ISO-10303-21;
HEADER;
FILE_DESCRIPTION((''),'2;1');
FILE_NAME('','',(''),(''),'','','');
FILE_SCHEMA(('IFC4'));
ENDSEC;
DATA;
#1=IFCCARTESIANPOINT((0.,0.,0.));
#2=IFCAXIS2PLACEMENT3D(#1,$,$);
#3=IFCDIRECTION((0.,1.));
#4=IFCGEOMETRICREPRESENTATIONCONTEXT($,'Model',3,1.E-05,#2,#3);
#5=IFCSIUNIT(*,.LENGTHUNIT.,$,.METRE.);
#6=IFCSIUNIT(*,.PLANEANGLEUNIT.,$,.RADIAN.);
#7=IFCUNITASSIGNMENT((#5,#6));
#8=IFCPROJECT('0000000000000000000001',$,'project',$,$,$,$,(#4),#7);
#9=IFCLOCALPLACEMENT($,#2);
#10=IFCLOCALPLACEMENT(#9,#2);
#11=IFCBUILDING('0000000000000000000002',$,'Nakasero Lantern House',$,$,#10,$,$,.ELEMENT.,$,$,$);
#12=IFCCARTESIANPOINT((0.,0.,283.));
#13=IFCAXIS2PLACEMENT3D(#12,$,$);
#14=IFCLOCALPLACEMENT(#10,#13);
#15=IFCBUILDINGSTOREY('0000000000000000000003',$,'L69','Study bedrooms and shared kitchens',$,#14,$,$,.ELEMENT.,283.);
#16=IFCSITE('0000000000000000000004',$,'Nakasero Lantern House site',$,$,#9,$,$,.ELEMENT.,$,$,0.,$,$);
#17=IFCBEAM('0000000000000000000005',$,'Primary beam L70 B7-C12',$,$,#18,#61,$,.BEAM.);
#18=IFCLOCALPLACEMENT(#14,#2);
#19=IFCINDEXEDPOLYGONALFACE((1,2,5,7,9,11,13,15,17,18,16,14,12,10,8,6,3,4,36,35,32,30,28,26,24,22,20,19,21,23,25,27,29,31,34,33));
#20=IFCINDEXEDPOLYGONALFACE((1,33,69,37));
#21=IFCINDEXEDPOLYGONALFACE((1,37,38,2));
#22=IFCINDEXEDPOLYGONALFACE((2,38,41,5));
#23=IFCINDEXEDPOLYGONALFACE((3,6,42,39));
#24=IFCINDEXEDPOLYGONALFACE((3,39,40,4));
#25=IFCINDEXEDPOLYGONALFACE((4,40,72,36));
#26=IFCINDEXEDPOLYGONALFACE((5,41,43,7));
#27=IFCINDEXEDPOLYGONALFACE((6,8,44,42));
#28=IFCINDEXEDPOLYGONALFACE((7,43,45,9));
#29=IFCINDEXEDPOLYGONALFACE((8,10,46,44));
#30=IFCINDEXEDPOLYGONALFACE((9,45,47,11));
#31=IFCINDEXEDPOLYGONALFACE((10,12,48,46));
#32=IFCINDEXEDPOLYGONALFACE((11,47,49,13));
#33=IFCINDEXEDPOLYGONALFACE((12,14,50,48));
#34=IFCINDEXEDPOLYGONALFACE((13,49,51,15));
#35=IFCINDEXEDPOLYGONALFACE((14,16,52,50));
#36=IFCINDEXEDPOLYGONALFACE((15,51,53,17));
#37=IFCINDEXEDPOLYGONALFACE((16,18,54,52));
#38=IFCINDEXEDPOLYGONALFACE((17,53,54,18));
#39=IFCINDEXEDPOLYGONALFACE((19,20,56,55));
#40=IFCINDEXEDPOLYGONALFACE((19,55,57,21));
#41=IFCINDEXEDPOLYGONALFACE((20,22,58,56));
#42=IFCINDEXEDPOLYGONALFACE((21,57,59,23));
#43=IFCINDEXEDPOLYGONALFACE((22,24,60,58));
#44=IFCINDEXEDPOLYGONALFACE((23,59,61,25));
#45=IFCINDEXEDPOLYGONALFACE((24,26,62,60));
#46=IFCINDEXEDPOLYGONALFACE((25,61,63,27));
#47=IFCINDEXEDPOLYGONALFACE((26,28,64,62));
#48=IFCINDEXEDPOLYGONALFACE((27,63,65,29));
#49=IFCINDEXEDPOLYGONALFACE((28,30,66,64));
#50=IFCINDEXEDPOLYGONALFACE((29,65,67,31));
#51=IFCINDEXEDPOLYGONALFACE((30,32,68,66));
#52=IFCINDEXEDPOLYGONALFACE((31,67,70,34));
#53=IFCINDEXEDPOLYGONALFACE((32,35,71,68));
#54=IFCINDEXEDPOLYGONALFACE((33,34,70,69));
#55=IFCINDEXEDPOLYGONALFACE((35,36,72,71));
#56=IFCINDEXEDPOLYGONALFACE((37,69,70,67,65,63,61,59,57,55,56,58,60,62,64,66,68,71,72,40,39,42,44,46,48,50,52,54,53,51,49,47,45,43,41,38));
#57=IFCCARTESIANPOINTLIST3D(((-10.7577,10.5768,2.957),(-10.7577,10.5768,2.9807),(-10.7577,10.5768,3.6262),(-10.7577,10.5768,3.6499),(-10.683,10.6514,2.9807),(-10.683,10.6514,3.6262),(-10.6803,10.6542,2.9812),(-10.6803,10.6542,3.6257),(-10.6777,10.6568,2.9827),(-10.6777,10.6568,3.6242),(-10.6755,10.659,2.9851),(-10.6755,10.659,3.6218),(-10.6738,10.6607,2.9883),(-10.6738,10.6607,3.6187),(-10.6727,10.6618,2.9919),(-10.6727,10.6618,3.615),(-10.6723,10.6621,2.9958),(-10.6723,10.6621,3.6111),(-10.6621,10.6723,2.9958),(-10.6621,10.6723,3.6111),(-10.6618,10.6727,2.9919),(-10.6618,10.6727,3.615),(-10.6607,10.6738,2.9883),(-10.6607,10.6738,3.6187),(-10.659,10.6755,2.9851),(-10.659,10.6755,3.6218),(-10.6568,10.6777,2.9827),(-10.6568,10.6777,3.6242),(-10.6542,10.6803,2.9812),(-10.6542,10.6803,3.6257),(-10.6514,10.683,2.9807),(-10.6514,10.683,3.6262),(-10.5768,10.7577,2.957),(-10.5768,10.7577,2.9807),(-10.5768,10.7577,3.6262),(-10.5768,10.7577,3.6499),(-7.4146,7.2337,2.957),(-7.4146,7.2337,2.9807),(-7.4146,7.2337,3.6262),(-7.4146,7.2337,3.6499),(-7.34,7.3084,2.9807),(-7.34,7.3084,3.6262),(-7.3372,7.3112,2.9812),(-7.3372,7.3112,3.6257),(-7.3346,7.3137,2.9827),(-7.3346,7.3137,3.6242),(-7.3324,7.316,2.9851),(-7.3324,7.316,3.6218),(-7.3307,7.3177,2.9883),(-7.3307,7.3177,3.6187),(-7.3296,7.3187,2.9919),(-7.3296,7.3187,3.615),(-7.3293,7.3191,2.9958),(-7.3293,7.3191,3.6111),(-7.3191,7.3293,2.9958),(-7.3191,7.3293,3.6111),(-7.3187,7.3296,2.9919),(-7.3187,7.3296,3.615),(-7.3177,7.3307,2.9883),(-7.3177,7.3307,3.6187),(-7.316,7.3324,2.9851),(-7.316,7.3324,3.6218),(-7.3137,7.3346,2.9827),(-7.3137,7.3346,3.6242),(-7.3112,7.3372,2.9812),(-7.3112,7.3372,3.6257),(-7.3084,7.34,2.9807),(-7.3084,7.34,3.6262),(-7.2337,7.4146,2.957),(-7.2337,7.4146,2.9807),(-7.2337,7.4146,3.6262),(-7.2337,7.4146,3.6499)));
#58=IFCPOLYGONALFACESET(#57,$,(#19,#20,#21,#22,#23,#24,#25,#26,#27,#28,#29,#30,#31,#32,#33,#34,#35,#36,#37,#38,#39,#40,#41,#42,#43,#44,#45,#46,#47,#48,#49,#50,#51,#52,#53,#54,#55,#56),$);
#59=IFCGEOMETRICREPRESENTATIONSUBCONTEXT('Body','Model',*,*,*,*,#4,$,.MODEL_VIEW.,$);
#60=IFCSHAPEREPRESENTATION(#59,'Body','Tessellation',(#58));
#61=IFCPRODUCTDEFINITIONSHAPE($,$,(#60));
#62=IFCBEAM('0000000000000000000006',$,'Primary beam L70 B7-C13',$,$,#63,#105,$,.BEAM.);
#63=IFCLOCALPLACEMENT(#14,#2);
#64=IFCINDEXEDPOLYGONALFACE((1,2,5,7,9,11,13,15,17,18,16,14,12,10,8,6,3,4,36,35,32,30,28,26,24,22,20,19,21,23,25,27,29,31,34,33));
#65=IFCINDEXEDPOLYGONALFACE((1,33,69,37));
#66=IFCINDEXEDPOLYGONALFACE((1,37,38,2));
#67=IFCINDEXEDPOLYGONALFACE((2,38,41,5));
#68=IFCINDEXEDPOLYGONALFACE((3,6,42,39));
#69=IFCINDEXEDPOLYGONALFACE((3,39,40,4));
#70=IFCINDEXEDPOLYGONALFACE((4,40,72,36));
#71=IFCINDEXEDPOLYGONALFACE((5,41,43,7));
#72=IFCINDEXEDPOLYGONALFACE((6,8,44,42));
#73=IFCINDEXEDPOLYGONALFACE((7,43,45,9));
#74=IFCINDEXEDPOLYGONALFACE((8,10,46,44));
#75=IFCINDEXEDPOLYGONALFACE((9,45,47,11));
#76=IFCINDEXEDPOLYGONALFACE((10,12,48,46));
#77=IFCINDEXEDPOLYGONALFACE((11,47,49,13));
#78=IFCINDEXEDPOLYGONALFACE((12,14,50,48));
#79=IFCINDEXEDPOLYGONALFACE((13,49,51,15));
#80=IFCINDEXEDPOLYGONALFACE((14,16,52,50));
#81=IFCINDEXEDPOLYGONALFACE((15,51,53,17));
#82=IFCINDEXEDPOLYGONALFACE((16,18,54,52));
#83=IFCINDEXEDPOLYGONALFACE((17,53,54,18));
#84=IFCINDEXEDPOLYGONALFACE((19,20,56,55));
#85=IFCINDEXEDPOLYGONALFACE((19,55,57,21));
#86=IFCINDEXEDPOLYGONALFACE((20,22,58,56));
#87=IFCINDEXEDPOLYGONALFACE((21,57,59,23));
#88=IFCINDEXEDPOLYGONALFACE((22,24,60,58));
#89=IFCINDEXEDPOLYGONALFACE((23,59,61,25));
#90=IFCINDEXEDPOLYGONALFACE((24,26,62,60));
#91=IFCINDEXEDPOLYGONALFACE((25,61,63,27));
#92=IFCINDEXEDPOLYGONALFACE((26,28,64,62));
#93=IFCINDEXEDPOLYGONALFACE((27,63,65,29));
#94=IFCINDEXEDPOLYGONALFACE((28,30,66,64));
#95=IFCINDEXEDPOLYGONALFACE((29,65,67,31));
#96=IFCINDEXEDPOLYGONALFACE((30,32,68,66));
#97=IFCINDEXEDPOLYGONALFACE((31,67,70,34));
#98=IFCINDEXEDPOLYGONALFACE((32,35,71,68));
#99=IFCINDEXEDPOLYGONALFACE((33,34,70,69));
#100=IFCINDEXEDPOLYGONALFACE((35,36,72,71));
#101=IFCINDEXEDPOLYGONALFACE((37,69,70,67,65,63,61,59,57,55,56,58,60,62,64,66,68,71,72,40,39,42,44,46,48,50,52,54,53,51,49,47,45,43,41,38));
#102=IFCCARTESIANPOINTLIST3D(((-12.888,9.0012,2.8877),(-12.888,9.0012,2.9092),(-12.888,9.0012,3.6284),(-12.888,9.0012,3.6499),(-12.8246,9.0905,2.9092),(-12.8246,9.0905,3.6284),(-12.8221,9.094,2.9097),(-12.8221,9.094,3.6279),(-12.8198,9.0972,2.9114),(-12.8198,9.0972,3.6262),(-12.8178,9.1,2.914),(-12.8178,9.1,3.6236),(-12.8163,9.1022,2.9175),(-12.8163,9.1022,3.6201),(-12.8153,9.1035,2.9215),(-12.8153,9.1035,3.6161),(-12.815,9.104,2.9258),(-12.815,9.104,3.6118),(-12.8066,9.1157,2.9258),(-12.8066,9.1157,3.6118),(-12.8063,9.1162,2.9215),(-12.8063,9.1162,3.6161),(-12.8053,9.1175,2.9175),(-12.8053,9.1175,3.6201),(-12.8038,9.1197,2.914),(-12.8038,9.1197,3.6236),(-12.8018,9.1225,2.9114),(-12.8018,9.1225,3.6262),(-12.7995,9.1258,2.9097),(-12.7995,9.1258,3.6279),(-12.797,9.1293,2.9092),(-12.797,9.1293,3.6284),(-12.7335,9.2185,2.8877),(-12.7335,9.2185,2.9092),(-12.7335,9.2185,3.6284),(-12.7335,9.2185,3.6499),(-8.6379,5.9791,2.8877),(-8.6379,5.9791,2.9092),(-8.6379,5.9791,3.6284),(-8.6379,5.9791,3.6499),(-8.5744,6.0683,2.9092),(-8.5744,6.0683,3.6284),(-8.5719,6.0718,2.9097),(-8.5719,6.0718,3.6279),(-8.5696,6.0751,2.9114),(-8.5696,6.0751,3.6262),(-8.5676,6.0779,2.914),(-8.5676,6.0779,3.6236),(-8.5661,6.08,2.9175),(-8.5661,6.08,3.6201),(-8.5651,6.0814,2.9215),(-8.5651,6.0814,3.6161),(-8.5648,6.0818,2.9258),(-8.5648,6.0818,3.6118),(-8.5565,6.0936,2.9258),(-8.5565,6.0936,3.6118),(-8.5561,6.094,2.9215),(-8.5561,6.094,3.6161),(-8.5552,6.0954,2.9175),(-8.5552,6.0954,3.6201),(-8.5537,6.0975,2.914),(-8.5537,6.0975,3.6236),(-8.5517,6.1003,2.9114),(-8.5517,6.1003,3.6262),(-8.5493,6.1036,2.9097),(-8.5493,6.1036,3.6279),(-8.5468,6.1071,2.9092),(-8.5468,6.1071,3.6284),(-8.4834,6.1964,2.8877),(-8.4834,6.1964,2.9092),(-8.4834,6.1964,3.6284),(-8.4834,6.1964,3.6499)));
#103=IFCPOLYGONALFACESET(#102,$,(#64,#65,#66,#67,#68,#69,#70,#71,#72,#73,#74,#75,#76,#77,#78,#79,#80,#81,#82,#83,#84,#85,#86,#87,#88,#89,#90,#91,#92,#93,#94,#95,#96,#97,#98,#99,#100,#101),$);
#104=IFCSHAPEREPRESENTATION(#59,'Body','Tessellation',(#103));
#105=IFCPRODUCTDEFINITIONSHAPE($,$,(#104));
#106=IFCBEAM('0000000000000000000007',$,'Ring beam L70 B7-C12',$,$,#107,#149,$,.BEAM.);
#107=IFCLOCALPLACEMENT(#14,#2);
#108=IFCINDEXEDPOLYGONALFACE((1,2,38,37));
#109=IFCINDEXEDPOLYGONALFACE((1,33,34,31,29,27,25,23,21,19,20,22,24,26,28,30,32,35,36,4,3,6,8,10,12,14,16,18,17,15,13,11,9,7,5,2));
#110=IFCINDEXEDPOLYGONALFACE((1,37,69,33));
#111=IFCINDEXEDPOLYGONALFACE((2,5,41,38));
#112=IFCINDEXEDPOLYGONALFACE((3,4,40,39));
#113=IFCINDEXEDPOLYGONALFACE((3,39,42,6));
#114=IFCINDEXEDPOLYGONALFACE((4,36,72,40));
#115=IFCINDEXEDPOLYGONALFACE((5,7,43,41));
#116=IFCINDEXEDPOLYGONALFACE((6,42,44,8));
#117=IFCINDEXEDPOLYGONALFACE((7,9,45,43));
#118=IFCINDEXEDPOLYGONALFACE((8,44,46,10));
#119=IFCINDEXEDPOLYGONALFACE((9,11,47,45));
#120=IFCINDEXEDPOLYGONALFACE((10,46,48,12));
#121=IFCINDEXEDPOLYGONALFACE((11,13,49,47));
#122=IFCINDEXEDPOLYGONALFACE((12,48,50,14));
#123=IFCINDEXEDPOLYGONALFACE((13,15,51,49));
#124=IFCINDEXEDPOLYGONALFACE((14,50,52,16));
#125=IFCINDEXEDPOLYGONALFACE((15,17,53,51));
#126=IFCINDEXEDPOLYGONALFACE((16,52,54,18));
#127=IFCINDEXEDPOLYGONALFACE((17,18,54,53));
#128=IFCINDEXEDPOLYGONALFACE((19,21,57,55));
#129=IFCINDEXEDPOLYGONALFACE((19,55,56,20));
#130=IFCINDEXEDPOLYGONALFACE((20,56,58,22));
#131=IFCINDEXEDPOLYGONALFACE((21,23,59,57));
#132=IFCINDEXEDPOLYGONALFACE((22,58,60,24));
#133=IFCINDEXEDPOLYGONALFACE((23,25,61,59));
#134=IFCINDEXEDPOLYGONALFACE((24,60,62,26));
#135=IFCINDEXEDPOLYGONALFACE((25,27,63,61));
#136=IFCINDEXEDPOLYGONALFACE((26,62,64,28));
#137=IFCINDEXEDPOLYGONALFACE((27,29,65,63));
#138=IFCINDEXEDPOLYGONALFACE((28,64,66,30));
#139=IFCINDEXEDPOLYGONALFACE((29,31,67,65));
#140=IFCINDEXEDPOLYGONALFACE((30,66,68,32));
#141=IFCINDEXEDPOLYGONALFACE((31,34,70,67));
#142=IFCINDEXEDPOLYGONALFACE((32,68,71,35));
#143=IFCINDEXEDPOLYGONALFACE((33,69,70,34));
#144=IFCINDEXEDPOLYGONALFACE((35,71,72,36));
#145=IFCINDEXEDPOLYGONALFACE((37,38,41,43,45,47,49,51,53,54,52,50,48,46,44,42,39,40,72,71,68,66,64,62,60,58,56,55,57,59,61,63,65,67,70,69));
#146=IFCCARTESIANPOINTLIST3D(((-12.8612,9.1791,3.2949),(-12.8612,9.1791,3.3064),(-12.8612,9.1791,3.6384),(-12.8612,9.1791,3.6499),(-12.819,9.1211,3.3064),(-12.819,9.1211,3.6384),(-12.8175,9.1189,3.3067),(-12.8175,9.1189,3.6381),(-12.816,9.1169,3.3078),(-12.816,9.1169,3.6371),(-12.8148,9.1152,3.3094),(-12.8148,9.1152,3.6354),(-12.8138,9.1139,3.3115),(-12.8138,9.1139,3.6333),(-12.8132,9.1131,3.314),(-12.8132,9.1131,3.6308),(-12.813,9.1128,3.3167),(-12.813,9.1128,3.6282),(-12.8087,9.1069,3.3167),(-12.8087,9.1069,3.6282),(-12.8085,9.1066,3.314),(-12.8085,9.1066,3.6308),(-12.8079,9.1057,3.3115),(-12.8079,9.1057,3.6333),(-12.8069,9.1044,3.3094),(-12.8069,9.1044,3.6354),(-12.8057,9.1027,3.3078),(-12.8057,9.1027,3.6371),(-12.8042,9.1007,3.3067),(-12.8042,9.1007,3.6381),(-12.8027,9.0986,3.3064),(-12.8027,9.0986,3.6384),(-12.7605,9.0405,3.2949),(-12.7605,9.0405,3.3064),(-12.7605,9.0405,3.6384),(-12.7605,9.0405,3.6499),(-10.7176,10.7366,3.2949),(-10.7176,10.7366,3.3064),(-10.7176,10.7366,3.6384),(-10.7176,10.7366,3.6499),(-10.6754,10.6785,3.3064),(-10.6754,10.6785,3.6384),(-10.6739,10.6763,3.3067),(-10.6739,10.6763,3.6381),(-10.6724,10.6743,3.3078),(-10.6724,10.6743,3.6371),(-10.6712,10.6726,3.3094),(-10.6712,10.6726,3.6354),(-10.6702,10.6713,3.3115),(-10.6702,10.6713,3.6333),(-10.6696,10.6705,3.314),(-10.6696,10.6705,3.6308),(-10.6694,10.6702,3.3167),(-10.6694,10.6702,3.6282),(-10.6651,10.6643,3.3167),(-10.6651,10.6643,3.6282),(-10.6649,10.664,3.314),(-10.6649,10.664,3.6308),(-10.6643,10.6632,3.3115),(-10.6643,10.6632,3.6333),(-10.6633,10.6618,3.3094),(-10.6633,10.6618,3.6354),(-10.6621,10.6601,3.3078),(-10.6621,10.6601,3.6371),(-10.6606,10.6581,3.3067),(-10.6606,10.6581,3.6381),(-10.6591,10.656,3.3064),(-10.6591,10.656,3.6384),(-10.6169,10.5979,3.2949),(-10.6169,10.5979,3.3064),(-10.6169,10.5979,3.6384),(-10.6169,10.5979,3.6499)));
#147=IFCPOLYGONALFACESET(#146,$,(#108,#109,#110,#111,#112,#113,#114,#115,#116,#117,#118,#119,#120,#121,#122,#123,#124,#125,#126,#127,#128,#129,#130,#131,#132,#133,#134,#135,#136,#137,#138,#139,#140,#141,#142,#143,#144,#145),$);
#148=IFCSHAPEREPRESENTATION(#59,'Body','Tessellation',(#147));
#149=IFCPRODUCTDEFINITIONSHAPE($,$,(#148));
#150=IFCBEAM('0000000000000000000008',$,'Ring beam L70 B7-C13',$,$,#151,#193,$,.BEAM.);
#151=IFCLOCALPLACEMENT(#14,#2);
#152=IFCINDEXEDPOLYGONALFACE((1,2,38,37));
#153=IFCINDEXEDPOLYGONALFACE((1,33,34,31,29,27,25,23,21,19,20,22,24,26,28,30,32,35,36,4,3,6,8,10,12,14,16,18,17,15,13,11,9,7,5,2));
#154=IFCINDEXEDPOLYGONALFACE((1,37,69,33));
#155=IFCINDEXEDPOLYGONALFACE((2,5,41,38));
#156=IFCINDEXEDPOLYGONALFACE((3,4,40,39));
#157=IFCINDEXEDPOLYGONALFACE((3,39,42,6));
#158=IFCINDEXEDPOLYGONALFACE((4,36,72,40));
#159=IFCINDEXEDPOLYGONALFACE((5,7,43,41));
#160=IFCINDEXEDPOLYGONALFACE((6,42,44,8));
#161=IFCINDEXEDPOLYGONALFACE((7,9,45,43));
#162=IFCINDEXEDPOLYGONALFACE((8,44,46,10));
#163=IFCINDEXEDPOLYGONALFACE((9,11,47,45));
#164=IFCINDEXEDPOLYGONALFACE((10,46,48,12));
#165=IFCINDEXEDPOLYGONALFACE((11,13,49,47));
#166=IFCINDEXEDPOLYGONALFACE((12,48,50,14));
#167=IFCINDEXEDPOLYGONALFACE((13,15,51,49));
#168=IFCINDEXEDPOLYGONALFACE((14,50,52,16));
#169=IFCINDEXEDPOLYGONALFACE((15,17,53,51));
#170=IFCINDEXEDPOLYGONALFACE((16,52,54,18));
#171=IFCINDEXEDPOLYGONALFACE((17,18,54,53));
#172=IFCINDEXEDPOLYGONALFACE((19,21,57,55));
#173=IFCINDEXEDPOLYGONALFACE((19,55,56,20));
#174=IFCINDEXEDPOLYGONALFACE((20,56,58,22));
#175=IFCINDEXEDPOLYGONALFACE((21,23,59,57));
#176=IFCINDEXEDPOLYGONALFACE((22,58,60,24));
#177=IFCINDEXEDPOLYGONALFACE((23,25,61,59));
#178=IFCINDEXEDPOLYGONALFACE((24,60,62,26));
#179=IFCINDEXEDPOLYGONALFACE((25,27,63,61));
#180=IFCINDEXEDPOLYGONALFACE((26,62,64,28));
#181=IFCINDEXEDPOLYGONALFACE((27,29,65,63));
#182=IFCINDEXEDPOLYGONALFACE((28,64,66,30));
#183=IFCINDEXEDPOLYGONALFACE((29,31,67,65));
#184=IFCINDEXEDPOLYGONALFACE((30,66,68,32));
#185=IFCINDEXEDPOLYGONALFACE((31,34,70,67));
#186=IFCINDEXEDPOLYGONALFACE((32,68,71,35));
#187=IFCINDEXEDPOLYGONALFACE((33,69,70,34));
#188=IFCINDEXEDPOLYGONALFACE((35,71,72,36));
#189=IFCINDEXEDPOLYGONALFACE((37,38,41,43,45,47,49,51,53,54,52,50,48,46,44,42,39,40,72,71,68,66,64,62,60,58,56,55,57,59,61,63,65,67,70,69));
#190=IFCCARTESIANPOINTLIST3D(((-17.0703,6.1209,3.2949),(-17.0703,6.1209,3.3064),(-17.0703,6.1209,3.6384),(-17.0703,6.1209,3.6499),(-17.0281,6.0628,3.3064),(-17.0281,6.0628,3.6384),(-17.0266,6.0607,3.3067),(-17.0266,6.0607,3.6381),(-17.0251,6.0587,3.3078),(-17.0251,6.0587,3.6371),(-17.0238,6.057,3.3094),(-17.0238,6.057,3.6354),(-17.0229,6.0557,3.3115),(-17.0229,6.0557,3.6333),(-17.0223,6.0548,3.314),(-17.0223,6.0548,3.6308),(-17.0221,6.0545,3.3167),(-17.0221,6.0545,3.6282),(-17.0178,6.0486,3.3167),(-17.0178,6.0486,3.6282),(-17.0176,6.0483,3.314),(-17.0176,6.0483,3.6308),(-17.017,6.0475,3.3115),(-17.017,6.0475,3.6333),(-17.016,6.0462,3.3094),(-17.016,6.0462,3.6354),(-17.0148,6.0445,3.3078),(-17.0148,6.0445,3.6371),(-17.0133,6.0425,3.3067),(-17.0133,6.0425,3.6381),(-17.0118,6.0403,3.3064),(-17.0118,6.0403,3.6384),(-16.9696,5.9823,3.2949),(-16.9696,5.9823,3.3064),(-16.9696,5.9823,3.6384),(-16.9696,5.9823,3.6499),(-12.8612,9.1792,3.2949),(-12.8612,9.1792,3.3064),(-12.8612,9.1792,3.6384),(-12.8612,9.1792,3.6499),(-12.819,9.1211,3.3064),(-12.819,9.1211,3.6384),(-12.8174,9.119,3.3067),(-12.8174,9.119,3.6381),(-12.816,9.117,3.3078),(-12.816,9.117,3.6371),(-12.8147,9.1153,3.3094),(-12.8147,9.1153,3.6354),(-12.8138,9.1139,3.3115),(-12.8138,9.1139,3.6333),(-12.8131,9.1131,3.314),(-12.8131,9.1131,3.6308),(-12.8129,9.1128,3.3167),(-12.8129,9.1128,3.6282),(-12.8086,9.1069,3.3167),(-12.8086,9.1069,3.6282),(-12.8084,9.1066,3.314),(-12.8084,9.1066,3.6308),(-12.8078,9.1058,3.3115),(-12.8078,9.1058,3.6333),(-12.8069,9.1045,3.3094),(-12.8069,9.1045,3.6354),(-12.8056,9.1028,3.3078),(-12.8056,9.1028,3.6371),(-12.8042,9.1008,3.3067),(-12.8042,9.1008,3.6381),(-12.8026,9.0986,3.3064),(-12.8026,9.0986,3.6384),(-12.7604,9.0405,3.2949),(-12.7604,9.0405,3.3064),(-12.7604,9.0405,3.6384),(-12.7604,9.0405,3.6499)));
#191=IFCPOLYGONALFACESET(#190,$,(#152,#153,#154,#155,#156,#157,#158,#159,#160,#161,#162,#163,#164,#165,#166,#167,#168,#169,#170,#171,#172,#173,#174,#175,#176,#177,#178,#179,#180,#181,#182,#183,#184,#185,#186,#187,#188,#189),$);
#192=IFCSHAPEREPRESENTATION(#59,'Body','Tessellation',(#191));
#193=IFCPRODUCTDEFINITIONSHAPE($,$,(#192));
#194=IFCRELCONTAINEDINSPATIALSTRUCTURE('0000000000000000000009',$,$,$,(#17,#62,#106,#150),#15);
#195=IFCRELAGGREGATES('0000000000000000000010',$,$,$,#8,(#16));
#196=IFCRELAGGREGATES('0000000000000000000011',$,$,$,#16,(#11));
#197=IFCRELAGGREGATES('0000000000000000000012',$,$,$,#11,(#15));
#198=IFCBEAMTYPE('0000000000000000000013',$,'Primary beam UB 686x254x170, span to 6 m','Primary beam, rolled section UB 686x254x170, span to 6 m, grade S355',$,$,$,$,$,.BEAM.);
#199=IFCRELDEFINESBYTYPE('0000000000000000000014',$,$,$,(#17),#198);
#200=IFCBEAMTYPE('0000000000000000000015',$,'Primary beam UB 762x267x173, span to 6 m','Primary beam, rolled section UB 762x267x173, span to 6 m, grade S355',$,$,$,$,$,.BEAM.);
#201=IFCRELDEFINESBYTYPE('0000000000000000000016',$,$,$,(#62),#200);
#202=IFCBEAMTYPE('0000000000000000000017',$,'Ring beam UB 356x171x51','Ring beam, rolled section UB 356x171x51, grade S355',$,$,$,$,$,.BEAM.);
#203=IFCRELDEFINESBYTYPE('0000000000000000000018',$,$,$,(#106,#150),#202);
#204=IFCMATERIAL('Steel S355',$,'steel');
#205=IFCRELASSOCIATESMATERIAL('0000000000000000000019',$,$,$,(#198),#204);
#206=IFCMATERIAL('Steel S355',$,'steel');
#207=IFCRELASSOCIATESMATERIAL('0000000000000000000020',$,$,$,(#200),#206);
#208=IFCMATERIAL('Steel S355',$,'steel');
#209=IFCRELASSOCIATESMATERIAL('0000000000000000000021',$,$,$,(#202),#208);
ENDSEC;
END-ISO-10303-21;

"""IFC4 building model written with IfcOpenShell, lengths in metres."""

from ifc_helpers import new_model, si_unit, direction, frame, origin, origin_2d, place, context, subcontext, project, spatial, i_section, extrude, material, material_profile, profile_set, type_object, element, save


model = new_model("IFC4")

# Units and contexts
model_context = context("Model", 3, precision=1e-05, world=origin(), true_north=direction((0.0, 1.0)))
body_context = subcontext(model_context, "Body", "Model", "MODEL_VIEW")
ifc_project = project(units=[si_unit("LENGTHUNIT", "METRE"), si_unit("PLANEANGLEUNIT", "RADIAN")], contexts=[model_context])

# Site, building, storey
site_placement = place(None, origin())
site = spatial("IfcSite", under=ifc_project, at=site_placement, Name="Nakasero Lantern House site", CompositionType="ELEMENT", RefElevation=0.0)
building_placement = place(site_placement, origin())
building = spatial("IfcBuilding", under=site, at=building_placement, Name="Nakasero Lantern House", CompositionType="ELEMENT")
storey_placement = place(building_placement, frame((0.0, 0.0, 283.0)))
storey = spatial("IfcBuildingStorey", under=building, at=storey_placement, Name="L69", Description="Study bedrooms and shared kitchens", CompositionType="ELEMENT", Elevation=283.0)

# Beams
ifc_material_1 = material(Name="Steel S355", Category="steel")
ifc_material_profile_1 = material_profile(ifc_material_1, i_section(OverallWidth=0.2559, OverallDepth=0.6929, WebThickness=0.0144, FlangeThickness=0.0237, FilletRadius=0.0151, at=origin_2d()), Name="UB 686x254x170")
ifc_profile_set_1 = profile_set([ifc_material_profile_1], Name="Steel S355")
beam_type_1 = type_object("IfcBeamType", Name="Primary beam UB 686x254x170, span to 6 m", Description="Primary beam, rolled section UB 686x254x170, span to 6 m, grade S355", PredefinedType="BEAM", material=ifc_profile_set_1)
beam_1_placement = place(storey_placement, frame((-10.6672, 10.6672, 3.3035), z_axis=(0.707107, -0.707107, 0.0), x_axis=(0.707107, 0.707107, 0.0)))
element("IfcBeam", 1, at=beam_1_placement, inside=storey, type_object=beam_type_1, Name="Primary beam L70 B7-C12", PredefinedType="BEAM", context=body_context, shape_type="SweptSolid", body=[
    extrude(i_section(OverallWidth=0.2559, OverallDepth=0.6929, WebThickness=0.0144, FlangeThickness=0.0237, FilletRadius=0.0151, at=origin_2d()), origin(), (0.0, 0.0, 1.0), 4.7278),
])
ifc_material_2 = material(Name="Steel S355", Category="steel")
ifc_material_profile_2 = material_profile(ifc_material_2, i_section(OverallWidth=0.2666, OverallDepth=0.7622, WebThickness=0.0144, FlangeThickness=0.0215, FilletRadius=0.0166, at=origin_2d()), Name="UB 762x267x173")
ifc_profile_set_2 = profile_set([ifc_material_profile_2], Name="Steel S355")
beam_type_2 = type_object("IfcBeamType", Name="Primary beam UB 762x267x173, span to 6 m", Description="Primary beam, rolled section UB 762x267x173, span to 6 m, grade S355", PredefinedType="BEAM", material=ifc_profile_set_2)
beam_2_placement = place(storey_placement, frame((-12.8108, 9.1099, 3.2688), z_axis=(0.814972, -0.579501, 0.0), x_axis=(0.579501, 0.814972, 0.0)))
element("IfcBeam", 2, at=beam_2_placement, inside=storey, type_object=beam_type_2, Name="Primary beam L70 B7-C13", PredefinedType="BEAM", context=body_context, shape_type="SweptSolid", body=[
    extrude(i_section(OverallWidth=0.2666, OverallDepth=0.7622, WebThickness=0.0144, FlangeThickness=0.0215, FilletRadius=0.0166, at=origin_2d()), origin(), (0.0, 0.0, 1.0), 5.2151),
])
ifc_material_3 = material(Name="Steel S355", Category="steel")
ifc_material_profile_3 = material_profile(ifc_material_3, i_section(OverallWidth=0.1714, OverallDepth=0.355, WebThickness=0.0073, FlangeThickness=0.0115, FilletRadius=0.0103, at=origin_2d()), Name="UB 356x171x51")
ifc_profile_set_3 = profile_set([ifc_material_profile_3], Name="Steel S355")
beam_type_3 = type_object("IfcBeamType", Name="Ring beam UB 356x171x51", Description="Ring beam, rolled section UB 356x171x51, grade S355", PredefinedType="BEAM", material=ifc_profile_set_3)
beam_3_placement = place(storey_placement, frame((-10.6672, 10.6672, 3.4724), z_axis=(-0.809019, -0.587783, 0.0), x_axis=(0.587783, -0.809019, 0.0)))
element("IfcBeam", 3, at=beam_3_placement, inside=storey, type_object=beam_type_3, Name="Ring beam L70 B7-C12", PredefinedType="BEAM", context=body_context, shape_type="SweptSolid", body=[
    extrude(i_section(OverallWidth=0.1714, OverallDepth=0.355, WebThickness=0.0073, FlangeThickness=0.0115, FilletRadius=0.0103, at=origin_2d()), origin(), (0.0, 0.0, 1.0), 2.6497),
])
beam_4_placement = place(storey_placement, frame((-12.8108, 9.1099, 3.4724), z_axis=(-0.809002, -0.587806, 0.0), x_axis=(0.587806, -0.809002, 0.0)))
element("IfcBeam", 4, at=beam_4_placement, inside=storey, type_object=beam_type_3, Name="Ring beam L70 B7-C13", PredefinedType="BEAM", context=body_context, shape_type="SweptSolid", body=[
    extrude(i_section(OverallWidth=0.1714, OverallDepth=0.355, WebThickness=0.0073, FlangeThickness=0.0115, FilletRadius=0.0103, at=origin_2d()), origin(), (0.0, 0.0, 1.0), 5.2029),
])

save(model, "model.ifc")
